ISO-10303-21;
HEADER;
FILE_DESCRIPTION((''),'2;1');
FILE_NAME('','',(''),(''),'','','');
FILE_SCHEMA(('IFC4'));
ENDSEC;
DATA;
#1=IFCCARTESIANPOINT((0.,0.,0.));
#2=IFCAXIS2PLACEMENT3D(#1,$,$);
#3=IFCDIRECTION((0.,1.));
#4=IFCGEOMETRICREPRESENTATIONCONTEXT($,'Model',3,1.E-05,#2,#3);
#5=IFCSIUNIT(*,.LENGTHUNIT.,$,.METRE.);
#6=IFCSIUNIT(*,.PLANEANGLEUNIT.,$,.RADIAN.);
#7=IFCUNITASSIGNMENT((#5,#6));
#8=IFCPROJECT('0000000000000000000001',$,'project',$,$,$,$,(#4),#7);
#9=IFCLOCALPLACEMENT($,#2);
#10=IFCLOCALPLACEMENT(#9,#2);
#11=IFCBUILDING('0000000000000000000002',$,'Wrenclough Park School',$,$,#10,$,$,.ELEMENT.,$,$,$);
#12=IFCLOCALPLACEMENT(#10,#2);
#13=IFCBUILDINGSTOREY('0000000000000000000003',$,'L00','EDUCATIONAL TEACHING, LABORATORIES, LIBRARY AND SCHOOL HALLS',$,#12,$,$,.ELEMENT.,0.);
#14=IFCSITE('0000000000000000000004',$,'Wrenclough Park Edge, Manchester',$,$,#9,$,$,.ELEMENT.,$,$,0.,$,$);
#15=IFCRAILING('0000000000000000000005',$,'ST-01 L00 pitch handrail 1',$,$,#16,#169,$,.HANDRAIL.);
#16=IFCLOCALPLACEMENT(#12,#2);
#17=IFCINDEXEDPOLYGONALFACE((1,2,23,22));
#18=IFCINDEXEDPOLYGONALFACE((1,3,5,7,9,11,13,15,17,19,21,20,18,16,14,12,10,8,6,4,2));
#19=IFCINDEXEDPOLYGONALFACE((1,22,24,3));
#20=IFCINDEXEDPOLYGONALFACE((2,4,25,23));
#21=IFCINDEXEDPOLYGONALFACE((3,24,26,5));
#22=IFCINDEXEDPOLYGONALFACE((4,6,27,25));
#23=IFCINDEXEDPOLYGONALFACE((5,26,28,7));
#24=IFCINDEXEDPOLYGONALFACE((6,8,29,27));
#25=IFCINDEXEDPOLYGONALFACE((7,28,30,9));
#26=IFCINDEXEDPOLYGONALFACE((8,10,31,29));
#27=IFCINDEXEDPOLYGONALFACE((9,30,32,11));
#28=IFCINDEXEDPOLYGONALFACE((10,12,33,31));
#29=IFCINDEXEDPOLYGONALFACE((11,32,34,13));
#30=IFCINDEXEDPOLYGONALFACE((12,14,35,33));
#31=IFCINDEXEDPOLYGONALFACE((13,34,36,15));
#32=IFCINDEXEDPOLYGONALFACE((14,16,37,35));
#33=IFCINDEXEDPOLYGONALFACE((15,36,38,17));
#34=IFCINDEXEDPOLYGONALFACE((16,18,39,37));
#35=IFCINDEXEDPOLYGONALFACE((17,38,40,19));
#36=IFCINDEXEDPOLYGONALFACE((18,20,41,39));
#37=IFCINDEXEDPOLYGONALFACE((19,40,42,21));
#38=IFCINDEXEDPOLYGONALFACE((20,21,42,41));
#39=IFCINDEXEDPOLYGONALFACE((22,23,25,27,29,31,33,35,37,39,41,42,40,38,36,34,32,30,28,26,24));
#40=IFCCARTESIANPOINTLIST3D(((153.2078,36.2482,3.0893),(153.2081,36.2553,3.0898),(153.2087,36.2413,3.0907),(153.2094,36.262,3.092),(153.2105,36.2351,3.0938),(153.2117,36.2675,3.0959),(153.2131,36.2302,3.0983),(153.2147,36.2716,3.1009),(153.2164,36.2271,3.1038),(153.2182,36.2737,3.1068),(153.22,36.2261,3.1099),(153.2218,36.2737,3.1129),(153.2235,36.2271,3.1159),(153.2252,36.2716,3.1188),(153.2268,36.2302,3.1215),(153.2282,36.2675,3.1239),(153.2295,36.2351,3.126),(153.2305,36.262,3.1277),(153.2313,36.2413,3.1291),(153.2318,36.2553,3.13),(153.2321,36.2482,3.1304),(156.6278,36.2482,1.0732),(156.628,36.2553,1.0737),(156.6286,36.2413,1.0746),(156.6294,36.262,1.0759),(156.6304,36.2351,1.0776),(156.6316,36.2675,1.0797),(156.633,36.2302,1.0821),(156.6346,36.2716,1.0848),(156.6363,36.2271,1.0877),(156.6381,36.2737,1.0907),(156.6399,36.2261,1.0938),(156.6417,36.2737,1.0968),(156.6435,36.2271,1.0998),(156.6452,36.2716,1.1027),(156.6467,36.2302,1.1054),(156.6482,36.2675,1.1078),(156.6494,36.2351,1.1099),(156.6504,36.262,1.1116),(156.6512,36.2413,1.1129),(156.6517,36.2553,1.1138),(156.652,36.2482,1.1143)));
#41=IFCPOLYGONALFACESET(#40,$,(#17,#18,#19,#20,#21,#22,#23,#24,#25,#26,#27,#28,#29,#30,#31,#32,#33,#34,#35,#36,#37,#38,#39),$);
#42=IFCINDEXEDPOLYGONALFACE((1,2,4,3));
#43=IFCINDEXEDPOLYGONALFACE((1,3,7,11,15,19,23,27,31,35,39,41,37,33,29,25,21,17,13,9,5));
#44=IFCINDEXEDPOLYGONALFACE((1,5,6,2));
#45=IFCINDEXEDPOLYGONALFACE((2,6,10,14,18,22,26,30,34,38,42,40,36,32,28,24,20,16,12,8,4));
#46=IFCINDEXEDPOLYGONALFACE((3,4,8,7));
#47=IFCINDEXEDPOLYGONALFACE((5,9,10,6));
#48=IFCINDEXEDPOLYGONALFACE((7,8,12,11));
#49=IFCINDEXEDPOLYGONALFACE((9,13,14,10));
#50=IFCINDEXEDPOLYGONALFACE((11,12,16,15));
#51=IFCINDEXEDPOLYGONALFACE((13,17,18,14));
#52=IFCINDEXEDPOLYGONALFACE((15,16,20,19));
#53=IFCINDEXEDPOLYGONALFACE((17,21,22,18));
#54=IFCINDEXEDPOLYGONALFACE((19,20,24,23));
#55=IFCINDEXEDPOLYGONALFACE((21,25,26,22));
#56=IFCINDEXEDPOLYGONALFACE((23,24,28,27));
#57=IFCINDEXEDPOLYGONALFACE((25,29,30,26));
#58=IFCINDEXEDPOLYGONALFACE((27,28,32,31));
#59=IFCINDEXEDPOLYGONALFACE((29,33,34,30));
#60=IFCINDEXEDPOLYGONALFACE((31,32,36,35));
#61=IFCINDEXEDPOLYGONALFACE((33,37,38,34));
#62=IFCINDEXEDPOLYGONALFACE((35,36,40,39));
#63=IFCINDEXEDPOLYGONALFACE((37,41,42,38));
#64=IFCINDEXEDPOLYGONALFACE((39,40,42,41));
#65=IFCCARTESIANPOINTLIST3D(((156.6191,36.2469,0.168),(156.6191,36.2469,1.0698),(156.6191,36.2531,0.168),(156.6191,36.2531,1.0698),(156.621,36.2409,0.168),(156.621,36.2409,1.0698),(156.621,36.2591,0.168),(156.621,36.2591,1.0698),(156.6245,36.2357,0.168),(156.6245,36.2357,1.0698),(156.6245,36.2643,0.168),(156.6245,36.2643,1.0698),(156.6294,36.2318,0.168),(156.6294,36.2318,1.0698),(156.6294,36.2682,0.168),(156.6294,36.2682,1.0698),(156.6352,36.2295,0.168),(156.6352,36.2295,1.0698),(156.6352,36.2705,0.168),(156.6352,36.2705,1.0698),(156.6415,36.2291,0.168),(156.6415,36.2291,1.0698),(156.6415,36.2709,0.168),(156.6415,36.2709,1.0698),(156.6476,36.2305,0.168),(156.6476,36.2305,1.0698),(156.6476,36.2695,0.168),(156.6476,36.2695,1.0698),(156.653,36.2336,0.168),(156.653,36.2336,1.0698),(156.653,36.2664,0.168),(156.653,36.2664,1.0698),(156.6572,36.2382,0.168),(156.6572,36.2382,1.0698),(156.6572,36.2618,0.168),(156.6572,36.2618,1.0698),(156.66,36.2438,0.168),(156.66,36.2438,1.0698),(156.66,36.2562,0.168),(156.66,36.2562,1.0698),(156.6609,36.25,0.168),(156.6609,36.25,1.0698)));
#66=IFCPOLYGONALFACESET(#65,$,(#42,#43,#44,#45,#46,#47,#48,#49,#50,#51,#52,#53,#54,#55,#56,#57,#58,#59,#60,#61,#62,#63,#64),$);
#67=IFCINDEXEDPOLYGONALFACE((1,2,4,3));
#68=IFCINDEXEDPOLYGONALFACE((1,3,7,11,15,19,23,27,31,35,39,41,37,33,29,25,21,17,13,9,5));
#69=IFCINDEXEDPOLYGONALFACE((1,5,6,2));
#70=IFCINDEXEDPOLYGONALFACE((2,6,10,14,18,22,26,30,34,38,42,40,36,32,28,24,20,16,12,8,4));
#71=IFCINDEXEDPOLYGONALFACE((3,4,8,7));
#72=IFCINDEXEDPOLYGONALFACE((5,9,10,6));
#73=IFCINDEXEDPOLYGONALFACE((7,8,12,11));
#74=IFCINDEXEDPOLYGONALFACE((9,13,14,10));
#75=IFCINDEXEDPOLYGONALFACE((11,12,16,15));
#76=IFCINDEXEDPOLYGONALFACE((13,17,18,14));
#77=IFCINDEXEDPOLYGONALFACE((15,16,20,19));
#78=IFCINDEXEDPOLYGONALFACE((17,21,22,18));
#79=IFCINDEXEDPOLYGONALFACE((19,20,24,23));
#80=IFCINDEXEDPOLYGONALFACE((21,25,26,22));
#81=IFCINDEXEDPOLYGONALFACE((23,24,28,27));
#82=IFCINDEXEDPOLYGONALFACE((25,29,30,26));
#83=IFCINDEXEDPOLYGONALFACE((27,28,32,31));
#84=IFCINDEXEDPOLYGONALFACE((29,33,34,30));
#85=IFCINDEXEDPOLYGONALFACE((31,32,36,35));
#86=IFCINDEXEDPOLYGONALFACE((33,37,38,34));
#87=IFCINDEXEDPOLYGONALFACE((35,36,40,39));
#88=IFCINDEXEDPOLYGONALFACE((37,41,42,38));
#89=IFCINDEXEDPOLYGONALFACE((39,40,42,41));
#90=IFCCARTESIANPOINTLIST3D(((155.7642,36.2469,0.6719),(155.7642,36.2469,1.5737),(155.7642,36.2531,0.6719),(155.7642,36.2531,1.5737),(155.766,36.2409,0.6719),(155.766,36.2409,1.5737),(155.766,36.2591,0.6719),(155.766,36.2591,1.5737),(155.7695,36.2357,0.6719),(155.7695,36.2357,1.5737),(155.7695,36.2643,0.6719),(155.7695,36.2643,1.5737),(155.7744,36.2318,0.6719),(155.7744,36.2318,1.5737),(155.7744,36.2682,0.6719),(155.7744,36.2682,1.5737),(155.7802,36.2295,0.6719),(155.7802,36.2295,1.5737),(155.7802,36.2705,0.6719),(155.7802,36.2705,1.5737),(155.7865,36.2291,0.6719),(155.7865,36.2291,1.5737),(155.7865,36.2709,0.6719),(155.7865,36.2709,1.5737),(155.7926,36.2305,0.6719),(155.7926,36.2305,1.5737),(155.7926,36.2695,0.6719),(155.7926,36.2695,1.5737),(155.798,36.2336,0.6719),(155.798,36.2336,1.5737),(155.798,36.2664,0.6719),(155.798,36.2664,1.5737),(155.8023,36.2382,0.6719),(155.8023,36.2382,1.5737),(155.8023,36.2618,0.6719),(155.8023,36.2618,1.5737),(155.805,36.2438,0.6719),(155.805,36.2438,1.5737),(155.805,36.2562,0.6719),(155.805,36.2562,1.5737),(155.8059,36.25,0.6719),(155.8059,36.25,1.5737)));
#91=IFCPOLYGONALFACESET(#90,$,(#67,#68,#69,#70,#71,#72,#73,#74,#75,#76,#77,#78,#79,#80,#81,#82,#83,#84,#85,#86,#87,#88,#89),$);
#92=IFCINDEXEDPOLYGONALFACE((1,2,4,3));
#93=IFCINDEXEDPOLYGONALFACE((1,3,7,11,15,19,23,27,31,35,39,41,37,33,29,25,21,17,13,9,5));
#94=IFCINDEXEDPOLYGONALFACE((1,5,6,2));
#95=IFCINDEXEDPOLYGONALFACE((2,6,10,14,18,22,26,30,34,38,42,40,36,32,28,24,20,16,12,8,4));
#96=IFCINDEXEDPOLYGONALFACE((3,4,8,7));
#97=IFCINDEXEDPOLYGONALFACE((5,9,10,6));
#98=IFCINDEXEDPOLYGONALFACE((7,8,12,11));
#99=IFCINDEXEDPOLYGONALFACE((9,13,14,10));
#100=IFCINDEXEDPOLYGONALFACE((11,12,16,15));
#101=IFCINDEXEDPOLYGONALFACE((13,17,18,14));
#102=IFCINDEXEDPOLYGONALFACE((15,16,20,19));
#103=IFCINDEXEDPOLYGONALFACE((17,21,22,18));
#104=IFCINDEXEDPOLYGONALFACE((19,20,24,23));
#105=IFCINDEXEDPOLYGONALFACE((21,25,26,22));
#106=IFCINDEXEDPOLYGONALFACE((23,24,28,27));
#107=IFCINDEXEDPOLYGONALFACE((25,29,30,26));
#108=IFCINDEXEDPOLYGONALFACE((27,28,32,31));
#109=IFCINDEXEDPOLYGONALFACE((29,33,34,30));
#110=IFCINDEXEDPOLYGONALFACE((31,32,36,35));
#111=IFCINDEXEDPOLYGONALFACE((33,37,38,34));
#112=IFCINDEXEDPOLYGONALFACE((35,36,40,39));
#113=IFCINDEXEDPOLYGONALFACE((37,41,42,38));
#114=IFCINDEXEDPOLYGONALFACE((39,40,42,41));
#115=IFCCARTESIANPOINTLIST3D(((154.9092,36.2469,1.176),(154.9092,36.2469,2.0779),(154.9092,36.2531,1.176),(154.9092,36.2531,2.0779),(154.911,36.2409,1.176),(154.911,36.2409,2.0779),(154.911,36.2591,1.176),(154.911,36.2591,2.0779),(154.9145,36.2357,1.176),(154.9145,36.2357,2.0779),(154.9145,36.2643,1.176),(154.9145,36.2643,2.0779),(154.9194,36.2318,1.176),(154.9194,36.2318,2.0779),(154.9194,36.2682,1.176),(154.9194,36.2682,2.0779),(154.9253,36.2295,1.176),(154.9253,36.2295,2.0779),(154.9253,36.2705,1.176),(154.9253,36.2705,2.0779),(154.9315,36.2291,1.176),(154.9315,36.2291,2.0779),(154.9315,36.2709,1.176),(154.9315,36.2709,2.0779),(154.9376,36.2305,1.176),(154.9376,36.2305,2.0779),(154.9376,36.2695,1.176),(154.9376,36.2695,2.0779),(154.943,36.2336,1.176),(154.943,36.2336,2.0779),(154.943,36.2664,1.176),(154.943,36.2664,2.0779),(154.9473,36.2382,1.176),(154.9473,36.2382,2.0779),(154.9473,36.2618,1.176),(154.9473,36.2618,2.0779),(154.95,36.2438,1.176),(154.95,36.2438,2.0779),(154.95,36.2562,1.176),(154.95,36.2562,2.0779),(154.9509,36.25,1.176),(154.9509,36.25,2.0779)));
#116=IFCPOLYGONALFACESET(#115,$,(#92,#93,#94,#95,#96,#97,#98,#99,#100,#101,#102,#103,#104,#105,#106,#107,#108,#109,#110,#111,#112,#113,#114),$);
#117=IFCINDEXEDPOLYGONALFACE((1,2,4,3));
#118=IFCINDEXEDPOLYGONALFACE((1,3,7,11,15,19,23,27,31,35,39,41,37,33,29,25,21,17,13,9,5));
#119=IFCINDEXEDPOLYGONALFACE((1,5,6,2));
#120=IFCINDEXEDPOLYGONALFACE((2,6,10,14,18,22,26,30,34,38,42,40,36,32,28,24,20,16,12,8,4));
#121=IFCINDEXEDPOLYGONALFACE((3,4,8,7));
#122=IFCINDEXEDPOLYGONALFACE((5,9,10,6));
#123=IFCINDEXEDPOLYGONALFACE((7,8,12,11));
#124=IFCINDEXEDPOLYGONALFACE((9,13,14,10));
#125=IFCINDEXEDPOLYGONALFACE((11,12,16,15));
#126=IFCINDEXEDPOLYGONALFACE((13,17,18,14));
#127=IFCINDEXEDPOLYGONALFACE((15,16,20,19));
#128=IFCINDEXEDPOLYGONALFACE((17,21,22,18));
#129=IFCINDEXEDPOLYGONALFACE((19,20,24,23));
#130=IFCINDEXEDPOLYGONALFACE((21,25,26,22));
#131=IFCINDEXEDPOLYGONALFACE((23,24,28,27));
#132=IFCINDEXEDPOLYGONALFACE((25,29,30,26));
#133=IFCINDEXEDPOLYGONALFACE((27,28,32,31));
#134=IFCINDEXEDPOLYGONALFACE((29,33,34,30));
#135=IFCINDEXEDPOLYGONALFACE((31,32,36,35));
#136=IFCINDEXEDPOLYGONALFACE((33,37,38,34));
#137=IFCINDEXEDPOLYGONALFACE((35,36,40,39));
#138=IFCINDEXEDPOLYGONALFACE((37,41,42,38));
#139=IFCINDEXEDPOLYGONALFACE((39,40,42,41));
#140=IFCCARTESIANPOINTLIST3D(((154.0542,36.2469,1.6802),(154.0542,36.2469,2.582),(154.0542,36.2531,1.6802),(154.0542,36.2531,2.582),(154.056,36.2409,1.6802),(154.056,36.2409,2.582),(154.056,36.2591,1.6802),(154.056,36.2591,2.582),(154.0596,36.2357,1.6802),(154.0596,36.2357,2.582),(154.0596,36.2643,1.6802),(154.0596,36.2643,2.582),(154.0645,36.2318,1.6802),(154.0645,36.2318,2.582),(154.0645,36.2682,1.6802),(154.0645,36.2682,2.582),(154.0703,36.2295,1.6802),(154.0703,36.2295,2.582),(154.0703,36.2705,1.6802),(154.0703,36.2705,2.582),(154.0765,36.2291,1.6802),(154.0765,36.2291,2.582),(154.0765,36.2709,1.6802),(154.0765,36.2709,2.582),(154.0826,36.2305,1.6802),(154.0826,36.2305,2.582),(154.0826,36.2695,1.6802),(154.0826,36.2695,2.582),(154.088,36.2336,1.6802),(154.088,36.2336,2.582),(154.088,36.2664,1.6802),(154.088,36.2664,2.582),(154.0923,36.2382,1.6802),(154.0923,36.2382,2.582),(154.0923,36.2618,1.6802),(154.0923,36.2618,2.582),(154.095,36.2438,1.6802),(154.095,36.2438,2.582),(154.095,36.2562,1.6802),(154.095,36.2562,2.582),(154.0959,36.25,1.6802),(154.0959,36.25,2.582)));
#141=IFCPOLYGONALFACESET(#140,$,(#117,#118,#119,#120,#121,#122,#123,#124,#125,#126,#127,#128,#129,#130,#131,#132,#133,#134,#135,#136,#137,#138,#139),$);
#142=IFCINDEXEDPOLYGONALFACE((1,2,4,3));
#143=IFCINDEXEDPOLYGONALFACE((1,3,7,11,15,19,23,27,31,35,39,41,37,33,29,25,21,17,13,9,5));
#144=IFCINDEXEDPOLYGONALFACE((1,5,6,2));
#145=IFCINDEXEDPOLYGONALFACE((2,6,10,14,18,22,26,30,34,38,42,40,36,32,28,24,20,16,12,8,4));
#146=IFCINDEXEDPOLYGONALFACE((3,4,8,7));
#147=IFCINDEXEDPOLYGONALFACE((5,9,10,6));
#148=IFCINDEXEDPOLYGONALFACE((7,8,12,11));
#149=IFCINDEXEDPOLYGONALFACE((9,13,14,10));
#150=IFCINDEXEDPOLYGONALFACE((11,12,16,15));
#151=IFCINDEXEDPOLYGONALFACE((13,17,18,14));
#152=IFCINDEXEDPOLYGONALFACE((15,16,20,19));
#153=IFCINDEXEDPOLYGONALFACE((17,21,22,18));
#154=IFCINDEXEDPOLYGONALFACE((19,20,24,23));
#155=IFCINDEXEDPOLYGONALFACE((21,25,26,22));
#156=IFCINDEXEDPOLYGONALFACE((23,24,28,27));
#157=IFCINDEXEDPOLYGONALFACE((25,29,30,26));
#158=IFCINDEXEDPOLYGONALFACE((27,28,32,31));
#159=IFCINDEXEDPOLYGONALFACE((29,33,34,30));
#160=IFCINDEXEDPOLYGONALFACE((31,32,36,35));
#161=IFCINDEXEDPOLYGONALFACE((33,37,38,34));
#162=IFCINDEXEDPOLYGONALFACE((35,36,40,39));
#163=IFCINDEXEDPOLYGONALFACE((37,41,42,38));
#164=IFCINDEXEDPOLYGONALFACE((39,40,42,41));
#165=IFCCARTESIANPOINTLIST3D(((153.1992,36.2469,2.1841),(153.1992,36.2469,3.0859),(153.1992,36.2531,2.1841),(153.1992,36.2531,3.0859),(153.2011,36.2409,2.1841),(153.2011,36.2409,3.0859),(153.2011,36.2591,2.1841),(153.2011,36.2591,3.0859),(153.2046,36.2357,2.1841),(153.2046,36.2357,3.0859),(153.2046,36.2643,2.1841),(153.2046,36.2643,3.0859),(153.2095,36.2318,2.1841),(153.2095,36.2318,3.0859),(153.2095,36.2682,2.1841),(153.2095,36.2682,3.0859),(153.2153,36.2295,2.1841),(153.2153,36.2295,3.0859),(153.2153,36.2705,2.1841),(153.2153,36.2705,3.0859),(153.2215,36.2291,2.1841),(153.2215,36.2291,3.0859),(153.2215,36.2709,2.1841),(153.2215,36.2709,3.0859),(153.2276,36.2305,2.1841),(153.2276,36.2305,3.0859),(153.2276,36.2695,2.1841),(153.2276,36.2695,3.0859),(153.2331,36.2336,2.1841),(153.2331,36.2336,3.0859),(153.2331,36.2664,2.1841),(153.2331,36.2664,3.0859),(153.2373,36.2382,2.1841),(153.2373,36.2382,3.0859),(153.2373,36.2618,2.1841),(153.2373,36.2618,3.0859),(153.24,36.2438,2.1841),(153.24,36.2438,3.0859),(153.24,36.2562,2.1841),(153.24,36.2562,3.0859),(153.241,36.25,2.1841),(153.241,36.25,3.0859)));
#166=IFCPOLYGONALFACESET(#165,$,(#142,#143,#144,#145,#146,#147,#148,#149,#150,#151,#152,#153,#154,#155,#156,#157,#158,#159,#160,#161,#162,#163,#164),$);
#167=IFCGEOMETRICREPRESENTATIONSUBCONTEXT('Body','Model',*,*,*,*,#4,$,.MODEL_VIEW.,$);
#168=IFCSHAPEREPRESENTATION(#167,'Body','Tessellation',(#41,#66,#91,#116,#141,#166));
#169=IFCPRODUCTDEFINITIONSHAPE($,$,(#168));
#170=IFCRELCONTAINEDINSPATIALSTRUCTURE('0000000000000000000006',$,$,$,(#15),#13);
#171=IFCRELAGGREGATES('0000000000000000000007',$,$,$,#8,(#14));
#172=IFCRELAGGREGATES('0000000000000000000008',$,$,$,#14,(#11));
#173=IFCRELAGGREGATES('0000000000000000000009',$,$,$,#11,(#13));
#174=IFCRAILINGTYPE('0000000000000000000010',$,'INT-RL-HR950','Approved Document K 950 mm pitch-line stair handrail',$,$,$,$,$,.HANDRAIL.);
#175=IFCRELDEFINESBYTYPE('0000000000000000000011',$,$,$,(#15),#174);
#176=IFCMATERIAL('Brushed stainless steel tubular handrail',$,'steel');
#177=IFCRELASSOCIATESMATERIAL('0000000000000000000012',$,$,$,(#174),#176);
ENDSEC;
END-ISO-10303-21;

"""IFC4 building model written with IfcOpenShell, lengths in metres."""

from ifc_helpers import new_model, si_unit, direction, frame, origin, origin_2d, place, context, subcontext, project, spatial, circle, extrude, material, type_object, element, save


model = new_model("IFC4")

# Units and contexts
model_context = context("Model", 3, precision=1e-05, world=origin(), true_north=direction((0.0, 1.0)))
body_context = subcontext(model_context, "Body", "Model", "MODEL_VIEW")
ifc_project = project(units=[si_unit("LENGTHUNIT", "METRE"), si_unit("PLANEANGLEUNIT", "RADIAN")], contexts=[model_context])

# Site, building, storey
site_placement = place(None, origin())
site = spatial("IfcSite", under=ifc_project, at=site_placement, Name="Wrenclough Park Edge, Manchester", CompositionType="ELEMENT", RefElevation=0.0)
building_placement = place(site_placement, origin())
building = spatial("IfcBuilding", under=site, at=building_placement, Name="Wrenclough Park School", CompositionType="ELEMENT")
storey_placement = place(building_placement, origin())
storey = spatial("IfcBuildingStorey", under=building, at=storey_placement, Name="L00", Description="EDUCATIONAL TEACHING, LABORATORIES, LIBRARY AND SCHOOL HALLS", CompositionType="ELEMENT", Elevation=0.0)

# Railing
ifc_material_1 = material(Name="Brushed stainless steel tubular handrail", Category="steel")
railing_type = type_object("IfcRailingType", Name="INT-RL-HR950", Description="Approved Document K 950 mm pitch-line stair handrail", PredefinedType="HANDRAIL", material=ifc_material_1)
railing_placement = place(storey_placement, frame((156.6399, 36.25, 0.168)))
element("IfcRailing", 1, at=railing_placement, inside=storey, type_object=railing_type, Name="ST-01 L00 pitch handrail 1", PredefinedType="HANDRAIL", context=body_context, shape_type="SweptSolid", body=[
    extrude(circle(Radius=0.0239, at=origin_2d()), frame((0.0, 0.0, 0.9258), z_axis=(-0.86145, 0.0, 0.507842), x_axis=(0.0, -1.0, 0.0)), (0.0, 0.0, 1.0), 3.97),
    extrude(circle(Radius=0.021, at=origin_2d()), origin(), (0.0, 0.0, 1.0), 0.9019),
    extrude(circle(Radius=0.021, at=origin_2d()), frame((-0.855, 0.0, 0.5039)), (0.0, 0.0, 1.0), 0.9019),
    extrude(circle(Radius=0.021, at=origin_2d()), frame((-1.71, 0.0, 1.0081)), (0.0, 0.0, 1.0), 0.9019),
    extrude(circle(Radius=0.021, at=origin_2d()), frame((-2.5649, 0.0, 1.5122)), (0.0, 0.0, 1.0), 0.9019),
    extrude(circle(Radius=0.021, at=origin_2d()), frame((-3.4199, 0.0, 2.0161)), (0.0, 0.0, 1.0), 0.9019),
])

save(model, "model.ifc")
